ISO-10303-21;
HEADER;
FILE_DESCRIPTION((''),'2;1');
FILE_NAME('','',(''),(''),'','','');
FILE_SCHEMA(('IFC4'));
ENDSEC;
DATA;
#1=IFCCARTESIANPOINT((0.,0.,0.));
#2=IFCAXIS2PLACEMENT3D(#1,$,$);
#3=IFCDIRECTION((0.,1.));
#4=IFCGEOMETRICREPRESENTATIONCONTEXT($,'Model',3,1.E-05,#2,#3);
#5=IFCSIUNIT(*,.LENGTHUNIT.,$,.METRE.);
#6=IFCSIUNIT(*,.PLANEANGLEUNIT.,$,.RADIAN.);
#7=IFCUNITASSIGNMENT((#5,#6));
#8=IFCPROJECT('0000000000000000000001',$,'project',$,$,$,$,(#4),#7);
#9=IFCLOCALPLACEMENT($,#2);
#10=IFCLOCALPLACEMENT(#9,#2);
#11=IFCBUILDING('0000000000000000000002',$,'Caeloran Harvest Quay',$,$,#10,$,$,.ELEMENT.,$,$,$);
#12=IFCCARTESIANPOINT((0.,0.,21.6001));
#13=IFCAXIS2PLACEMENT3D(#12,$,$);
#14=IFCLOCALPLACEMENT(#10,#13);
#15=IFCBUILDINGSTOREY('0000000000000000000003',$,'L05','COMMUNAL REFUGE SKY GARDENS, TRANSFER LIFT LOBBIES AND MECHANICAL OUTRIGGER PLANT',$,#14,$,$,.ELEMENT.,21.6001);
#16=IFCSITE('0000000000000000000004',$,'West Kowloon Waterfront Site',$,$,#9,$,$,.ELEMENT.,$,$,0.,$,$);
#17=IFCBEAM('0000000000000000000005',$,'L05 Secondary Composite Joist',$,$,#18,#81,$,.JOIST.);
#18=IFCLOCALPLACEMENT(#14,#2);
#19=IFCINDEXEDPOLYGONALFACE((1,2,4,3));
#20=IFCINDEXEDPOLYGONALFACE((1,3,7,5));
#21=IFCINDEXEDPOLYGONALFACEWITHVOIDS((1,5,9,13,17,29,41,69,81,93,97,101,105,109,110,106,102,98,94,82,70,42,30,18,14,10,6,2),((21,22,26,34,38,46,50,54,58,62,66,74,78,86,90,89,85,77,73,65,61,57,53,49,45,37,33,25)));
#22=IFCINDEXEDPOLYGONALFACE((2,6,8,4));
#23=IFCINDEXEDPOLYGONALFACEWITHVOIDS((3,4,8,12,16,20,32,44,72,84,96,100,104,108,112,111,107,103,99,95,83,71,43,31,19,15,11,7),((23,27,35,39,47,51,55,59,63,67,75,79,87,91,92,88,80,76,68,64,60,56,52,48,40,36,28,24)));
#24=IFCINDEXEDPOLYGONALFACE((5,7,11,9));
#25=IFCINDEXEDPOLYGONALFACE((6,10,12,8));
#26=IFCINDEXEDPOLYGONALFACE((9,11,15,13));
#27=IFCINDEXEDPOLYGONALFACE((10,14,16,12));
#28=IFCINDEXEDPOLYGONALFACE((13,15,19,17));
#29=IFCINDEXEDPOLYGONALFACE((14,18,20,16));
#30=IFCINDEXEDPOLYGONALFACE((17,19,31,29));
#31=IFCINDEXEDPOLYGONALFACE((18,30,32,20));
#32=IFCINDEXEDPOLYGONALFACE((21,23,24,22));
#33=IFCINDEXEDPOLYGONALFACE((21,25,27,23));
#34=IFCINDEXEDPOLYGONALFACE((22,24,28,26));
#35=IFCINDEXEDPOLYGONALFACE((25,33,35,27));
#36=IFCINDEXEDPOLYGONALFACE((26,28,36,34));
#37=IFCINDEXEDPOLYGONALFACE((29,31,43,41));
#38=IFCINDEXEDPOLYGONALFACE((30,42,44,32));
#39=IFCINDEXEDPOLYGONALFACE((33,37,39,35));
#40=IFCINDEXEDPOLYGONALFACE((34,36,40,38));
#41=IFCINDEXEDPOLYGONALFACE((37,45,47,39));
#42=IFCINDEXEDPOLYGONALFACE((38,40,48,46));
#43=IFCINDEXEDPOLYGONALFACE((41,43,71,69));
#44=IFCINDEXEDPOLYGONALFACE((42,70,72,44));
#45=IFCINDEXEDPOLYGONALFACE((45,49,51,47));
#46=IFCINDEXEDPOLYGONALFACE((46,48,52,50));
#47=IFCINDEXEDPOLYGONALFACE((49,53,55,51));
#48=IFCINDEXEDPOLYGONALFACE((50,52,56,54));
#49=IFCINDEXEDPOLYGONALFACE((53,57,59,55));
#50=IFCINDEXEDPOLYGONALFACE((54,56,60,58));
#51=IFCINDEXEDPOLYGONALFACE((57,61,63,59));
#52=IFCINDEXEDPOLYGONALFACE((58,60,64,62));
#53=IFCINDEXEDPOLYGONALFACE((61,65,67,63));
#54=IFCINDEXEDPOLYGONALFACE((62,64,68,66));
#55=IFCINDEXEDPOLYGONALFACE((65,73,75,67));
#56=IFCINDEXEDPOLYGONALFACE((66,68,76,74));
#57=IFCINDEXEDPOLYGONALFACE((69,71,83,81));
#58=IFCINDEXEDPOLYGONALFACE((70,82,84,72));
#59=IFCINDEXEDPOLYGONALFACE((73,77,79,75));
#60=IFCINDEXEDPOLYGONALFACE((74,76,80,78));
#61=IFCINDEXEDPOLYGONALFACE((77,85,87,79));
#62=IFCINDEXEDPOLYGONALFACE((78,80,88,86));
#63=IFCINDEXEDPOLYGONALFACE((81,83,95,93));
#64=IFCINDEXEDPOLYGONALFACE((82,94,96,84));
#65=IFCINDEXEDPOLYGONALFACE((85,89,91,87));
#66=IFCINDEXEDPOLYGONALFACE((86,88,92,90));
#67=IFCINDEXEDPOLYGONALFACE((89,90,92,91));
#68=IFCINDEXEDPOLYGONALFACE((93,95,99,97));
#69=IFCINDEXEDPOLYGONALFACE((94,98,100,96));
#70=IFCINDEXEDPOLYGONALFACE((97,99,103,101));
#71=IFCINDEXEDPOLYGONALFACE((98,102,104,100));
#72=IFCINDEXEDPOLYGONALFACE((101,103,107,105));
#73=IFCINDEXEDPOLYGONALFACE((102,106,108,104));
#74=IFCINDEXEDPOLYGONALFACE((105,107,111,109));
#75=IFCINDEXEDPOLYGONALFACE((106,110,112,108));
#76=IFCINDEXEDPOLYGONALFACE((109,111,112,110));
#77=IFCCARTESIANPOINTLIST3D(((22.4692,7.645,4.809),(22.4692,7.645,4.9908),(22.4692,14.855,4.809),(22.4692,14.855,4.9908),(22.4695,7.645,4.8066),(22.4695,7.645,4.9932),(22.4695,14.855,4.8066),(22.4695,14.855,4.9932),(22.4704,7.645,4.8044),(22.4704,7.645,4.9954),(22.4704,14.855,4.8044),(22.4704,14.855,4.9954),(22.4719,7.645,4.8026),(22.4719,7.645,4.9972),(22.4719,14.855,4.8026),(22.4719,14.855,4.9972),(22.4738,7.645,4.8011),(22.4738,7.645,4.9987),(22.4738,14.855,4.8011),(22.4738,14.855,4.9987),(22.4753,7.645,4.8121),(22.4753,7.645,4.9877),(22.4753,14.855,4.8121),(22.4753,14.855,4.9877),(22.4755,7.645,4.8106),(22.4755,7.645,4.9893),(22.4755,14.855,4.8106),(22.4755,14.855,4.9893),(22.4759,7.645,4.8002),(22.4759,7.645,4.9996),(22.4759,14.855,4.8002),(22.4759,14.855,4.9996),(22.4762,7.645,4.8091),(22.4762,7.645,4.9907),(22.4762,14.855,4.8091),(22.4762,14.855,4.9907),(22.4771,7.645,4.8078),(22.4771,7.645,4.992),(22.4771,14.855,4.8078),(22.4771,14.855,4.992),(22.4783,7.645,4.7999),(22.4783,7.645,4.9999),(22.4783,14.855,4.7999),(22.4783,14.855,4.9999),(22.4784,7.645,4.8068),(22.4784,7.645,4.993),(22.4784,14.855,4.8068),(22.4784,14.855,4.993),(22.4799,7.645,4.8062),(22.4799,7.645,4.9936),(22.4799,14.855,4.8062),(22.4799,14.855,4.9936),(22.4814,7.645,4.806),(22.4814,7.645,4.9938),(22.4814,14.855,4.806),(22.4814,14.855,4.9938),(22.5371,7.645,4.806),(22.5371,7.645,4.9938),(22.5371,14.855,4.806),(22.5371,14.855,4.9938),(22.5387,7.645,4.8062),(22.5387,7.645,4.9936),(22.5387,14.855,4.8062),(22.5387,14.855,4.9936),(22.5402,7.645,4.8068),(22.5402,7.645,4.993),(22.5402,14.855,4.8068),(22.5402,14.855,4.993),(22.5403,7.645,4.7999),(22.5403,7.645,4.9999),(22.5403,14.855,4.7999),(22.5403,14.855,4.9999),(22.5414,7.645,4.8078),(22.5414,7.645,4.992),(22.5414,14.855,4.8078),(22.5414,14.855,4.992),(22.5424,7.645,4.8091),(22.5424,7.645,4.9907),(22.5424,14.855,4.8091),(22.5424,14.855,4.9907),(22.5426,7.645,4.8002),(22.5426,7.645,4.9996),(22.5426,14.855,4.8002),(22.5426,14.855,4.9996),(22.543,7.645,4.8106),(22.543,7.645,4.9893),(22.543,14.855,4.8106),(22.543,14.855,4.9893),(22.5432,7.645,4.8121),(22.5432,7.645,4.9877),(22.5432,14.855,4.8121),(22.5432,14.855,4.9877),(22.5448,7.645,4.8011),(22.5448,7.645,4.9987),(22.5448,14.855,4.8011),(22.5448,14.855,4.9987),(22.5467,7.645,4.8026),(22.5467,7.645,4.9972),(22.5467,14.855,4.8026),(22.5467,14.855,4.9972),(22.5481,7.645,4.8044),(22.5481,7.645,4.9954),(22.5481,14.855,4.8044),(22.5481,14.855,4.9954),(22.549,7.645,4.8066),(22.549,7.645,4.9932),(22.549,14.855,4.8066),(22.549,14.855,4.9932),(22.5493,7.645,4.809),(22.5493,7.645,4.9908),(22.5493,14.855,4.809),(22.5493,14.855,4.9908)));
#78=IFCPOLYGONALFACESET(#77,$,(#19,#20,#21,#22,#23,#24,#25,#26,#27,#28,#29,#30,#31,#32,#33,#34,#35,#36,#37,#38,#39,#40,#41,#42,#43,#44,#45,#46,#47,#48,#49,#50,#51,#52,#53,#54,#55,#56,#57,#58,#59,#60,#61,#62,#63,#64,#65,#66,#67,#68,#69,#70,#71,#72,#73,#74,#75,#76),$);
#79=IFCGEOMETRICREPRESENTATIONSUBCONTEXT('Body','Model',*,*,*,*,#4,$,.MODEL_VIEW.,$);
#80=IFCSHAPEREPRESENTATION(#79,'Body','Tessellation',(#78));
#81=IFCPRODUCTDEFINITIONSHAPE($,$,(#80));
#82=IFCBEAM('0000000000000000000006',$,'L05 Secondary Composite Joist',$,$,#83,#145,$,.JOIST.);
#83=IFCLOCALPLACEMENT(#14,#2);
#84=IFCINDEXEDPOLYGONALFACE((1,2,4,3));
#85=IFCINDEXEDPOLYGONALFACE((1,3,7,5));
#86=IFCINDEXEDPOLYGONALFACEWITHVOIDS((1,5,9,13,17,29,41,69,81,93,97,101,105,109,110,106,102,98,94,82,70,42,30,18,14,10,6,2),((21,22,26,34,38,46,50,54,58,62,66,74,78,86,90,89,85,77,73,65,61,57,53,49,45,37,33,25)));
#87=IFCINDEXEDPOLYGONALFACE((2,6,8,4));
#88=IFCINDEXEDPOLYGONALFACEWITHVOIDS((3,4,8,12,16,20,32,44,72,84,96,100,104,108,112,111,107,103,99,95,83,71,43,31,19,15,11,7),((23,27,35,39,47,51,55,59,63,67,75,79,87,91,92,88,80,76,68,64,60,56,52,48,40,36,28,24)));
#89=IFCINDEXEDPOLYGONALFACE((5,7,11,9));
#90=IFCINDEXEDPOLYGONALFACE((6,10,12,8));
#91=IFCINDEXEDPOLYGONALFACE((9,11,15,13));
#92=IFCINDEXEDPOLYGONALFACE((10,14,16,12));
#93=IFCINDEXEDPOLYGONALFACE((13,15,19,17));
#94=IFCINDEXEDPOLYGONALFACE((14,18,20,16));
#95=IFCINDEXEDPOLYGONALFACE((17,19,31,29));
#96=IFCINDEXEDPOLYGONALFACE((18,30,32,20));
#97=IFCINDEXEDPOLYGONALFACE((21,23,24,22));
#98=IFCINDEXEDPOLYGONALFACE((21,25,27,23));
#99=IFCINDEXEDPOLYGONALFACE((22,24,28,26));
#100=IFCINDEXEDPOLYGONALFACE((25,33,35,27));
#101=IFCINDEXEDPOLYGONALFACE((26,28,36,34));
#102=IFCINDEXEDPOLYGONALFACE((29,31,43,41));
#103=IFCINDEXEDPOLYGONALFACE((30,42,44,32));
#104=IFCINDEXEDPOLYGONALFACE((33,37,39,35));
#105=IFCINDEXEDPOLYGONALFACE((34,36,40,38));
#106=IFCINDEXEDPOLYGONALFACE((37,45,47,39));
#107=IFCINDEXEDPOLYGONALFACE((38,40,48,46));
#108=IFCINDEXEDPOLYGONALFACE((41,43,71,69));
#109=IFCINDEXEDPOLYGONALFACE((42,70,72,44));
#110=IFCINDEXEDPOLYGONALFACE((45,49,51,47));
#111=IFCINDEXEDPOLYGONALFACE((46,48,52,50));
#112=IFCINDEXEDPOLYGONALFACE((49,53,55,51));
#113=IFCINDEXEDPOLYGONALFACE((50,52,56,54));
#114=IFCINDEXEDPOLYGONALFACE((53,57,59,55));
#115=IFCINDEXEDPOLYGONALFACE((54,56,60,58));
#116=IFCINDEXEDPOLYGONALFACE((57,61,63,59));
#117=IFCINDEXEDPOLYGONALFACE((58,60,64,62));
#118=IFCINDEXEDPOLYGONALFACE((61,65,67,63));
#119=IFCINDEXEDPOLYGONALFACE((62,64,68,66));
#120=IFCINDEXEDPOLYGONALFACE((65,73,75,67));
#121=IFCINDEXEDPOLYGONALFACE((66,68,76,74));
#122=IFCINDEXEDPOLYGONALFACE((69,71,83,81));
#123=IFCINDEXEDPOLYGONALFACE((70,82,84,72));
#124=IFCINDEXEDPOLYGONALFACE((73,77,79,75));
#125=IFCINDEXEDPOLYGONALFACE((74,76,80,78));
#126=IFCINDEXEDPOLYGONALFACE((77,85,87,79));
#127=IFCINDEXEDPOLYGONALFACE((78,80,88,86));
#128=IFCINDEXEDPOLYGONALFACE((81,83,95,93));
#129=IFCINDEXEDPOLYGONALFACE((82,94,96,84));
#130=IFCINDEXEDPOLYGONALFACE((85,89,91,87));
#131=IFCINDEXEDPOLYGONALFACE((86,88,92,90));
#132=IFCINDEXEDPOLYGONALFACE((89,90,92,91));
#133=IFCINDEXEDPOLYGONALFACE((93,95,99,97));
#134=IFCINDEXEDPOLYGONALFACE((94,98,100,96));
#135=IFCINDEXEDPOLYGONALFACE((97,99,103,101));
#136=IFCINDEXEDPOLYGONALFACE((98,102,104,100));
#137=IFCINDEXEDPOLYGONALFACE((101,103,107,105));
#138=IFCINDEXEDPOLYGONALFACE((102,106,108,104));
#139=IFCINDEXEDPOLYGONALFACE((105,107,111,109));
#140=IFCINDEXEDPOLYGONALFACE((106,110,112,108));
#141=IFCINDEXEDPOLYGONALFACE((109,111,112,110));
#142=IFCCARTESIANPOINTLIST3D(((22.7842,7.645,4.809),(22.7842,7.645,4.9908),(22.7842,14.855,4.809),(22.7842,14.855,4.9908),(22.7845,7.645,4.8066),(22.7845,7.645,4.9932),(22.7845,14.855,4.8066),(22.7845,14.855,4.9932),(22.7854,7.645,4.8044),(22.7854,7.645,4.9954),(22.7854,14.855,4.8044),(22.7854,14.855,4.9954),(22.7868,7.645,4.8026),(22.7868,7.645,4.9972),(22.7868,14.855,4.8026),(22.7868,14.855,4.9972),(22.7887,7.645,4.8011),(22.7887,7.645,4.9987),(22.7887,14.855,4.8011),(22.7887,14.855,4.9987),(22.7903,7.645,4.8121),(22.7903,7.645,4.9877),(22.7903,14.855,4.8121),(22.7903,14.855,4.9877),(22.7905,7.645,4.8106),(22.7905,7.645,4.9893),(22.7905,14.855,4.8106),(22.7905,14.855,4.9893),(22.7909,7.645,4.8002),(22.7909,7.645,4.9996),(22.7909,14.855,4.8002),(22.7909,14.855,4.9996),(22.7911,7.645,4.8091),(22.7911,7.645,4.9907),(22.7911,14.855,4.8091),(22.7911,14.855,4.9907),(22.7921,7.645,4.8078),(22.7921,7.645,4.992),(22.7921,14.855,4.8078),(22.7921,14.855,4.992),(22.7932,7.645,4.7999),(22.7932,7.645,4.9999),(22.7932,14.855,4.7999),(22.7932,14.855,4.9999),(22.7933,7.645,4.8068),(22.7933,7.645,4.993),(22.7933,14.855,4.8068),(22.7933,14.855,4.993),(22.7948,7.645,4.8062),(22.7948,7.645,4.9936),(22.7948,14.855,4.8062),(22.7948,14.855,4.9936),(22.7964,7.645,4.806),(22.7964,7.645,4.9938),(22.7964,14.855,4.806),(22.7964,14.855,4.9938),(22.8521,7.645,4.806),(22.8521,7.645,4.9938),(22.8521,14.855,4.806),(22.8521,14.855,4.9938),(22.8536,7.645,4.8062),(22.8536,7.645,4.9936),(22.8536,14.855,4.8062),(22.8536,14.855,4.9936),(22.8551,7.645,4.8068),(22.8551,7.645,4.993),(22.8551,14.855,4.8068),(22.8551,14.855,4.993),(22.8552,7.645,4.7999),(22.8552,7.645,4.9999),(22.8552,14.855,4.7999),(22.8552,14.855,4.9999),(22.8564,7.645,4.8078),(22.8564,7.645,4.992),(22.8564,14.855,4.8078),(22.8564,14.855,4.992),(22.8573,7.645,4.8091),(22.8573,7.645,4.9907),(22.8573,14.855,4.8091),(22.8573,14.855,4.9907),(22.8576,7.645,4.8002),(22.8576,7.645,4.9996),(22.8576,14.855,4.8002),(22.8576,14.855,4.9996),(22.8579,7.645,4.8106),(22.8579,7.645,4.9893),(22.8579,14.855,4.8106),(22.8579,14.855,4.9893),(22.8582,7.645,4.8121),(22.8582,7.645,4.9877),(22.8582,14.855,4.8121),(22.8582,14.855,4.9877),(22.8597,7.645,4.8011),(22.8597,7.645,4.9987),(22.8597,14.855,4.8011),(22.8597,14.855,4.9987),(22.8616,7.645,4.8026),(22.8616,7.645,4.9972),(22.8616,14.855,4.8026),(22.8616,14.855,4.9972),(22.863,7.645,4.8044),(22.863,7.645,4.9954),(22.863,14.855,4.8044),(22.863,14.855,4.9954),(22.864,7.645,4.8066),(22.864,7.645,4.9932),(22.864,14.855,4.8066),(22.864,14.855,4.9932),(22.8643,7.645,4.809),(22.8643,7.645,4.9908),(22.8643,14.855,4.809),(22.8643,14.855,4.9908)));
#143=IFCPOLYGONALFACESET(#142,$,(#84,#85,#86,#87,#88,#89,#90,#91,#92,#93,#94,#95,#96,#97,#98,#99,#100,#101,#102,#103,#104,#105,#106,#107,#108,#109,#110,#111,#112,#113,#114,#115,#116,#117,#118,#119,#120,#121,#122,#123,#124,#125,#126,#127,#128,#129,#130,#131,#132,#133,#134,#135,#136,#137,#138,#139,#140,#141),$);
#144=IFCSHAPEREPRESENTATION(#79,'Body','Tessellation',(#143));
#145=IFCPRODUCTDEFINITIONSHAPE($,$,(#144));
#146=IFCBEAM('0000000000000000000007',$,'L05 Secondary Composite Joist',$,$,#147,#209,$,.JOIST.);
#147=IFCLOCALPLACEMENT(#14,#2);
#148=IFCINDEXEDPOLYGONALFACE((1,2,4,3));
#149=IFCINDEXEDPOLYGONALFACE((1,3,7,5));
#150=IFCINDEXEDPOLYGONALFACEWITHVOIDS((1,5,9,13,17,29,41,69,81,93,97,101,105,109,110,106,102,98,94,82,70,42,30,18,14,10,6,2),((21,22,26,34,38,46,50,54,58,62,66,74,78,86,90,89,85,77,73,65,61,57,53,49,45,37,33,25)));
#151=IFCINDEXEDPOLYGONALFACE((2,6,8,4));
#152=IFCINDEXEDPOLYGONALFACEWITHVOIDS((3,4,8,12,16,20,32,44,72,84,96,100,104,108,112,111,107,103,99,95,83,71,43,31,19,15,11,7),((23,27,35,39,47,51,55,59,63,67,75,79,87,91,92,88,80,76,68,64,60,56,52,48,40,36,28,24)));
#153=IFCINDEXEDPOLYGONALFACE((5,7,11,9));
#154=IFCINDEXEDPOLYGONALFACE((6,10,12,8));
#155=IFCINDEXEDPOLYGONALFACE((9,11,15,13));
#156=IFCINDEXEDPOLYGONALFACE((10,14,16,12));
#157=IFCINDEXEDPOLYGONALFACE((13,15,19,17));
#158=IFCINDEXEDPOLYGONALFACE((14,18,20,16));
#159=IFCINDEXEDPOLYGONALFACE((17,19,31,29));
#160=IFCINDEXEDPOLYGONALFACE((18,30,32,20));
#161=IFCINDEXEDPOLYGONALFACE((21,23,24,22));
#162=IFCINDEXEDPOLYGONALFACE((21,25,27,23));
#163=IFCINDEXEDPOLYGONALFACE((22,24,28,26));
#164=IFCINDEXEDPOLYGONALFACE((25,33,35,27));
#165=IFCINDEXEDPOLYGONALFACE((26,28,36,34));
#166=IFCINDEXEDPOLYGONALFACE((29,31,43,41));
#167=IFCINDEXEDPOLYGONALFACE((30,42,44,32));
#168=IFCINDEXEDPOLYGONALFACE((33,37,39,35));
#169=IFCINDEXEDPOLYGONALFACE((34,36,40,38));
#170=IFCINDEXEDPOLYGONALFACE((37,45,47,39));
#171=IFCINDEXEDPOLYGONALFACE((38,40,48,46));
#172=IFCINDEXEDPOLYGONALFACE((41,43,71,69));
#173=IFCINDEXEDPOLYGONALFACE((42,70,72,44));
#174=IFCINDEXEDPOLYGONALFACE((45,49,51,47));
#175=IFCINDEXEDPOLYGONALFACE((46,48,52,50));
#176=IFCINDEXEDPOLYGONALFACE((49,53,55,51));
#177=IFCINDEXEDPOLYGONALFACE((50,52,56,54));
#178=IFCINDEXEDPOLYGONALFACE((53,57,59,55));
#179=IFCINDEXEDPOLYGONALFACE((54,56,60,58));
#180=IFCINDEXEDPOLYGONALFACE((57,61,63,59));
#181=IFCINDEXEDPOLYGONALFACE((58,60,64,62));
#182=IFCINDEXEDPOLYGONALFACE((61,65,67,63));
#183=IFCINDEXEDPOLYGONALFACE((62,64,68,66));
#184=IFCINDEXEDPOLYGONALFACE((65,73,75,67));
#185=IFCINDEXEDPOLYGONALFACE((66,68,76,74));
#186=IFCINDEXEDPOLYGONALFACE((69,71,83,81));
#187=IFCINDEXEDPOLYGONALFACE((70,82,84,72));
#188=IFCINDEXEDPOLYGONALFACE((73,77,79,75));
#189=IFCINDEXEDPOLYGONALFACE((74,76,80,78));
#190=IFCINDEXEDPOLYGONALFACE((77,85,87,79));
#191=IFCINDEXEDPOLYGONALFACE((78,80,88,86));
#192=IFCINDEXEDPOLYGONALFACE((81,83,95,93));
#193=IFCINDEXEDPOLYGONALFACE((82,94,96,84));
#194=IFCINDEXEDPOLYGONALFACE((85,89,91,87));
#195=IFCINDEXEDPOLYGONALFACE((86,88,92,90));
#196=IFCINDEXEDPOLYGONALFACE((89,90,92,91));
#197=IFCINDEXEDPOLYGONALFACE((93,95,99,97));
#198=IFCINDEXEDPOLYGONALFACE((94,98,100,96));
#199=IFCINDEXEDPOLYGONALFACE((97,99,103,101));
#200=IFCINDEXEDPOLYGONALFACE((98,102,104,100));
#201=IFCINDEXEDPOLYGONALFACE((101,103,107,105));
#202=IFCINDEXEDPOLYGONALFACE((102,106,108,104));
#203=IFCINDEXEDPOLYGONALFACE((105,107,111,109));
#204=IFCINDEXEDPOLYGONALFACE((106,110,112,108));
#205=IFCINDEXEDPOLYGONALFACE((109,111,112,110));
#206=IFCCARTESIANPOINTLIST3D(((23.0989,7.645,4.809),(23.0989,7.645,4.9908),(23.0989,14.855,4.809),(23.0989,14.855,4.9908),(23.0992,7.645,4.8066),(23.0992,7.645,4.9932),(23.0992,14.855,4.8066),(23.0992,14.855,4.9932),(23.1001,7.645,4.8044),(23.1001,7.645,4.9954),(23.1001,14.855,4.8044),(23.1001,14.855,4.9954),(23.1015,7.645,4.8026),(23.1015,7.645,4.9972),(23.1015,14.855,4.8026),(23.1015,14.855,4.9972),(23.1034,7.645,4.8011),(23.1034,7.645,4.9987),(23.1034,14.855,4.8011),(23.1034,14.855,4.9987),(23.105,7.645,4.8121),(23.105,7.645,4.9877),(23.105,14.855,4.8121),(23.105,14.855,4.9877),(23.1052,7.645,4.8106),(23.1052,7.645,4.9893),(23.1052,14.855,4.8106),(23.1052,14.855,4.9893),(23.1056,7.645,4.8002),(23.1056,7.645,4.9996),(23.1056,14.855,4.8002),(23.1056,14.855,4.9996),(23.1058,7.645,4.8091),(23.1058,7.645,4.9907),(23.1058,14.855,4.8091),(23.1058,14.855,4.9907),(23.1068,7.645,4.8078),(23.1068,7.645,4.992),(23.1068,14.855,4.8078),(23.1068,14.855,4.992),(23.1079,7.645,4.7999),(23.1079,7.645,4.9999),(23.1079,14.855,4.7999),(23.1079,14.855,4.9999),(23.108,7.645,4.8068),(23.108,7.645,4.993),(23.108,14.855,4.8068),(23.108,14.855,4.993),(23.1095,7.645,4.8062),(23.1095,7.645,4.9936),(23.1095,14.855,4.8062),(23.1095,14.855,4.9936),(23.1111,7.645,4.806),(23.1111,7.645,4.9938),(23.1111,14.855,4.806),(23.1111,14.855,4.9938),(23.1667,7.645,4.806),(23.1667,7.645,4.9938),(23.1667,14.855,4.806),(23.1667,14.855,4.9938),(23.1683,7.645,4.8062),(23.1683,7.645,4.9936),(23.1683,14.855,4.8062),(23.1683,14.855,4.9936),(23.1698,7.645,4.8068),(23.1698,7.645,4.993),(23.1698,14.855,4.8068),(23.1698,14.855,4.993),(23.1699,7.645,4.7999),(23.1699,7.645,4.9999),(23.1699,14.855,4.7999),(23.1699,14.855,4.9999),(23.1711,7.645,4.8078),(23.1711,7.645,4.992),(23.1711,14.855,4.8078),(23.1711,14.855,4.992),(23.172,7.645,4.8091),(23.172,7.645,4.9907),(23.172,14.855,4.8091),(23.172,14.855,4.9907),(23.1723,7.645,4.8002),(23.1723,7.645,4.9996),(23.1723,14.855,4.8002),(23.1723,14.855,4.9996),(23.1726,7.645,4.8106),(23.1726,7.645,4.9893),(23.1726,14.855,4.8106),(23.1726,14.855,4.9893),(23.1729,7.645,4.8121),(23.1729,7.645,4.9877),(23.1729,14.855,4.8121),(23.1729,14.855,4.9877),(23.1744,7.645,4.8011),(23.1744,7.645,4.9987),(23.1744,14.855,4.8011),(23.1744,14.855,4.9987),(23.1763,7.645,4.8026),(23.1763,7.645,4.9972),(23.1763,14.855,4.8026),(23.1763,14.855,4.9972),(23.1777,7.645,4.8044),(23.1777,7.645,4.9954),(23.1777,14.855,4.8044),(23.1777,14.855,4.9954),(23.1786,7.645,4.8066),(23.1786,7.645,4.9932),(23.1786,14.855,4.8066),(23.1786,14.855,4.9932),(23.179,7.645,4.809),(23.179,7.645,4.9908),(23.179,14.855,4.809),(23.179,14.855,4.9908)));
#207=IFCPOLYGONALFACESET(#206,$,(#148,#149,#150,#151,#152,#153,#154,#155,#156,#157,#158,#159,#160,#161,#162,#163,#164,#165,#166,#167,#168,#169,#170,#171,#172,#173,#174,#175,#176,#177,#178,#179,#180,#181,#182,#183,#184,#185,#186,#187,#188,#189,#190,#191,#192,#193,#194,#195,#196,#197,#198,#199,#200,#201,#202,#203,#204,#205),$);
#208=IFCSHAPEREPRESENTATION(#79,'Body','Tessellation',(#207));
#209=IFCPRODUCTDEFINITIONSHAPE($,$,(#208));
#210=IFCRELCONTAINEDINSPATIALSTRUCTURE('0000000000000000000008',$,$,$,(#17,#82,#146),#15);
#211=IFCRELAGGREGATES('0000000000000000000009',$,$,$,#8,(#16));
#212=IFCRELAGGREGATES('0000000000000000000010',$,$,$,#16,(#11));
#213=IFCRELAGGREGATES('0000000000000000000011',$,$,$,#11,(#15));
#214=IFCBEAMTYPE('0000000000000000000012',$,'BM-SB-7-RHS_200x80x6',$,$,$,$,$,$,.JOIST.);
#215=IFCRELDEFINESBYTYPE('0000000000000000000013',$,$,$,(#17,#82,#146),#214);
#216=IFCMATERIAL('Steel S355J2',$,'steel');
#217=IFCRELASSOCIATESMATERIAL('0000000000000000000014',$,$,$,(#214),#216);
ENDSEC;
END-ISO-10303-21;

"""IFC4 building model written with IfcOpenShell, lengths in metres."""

from ifc_helpers import new_model, si_unit, direction, frame, origin, origin_2d, place, context, subcontext, project, spatial, hollow_rectangle, extrude, material, material_profile, profile_set, type_object, element, save


model = new_model("IFC4")

# Units and contexts
model_context = context("Model", 3, precision=1e-05, world=origin(), true_north=direction((0.0, 1.0)))
body_context = subcontext(model_context, "Body", "Model", "MODEL_VIEW")
ifc_project = project(units=[si_unit("LENGTHUNIT", "METRE"), si_unit("PLANEANGLEUNIT", "RADIAN")], contexts=[model_context])

# Site, building, storey
site_placement = place(None, origin())
site = spatial("IfcSite", under=ifc_project, at=site_placement, Name="West Kowloon Waterfront Site", CompositionType="ELEMENT", RefElevation=0.0)
building_placement = place(site_placement, origin())
building = spatial("IfcBuilding", under=site, at=building_placement, Name="Caeloran Harvest Quay", CompositionType="ELEMENT")
storey_placement = place(building_placement, frame((0.0, 0.0, 21.6001)))
storey = spatial("IfcBuildingStorey", under=building, at=storey_placement, Name="L05", Description="COMMUNAL REFUGE SKY GARDENS, TRANSFER LIFT LOBBIES AND MECHANICAL OUTRIGGER PLANT", CompositionType="ELEMENT", Elevation=21.6001)

# Beams
ifc_material_1 = material(Name="Steel S355J2", Category="steel")
ifc_material_profile_1 = material_profile(ifc_material_1, hollow_rectangle(XDim=0.0801, YDim=0.2, WallThickness=0.0061, InnerFilletRadius=0.0061, OuterFilletRadius=0.009, at=origin_2d()), Name="RHS 200x80x6")
ifc_profile_set_1 = profile_set([ifc_material_profile_1], Name="Steel S355J2")
beam_type_1 = type_object("IfcBeamType", Name="BM-SB-7-RHS_200x80x6", PredefinedType="JOIST", material=ifc_profile_set_1)
for number, where, z_axis, x_axis, name in (
    (1, (22.5093, 7.645, 4.8999), (0.0, 1.0, 0.0), (-1.0, 0.0, 0.0), "L05 Secondary Composite Joist"),
    (2, (22.8242, 7.645, 4.8999), (0.0, 1.0, 0.0), (-1.0, 0.0, 0.0), "L05 Secondary Composite Joist"),
    (3, (23.1389, 7.645, 4.8999), (0.0, 1.0, 0.0), (-1.0, 0.0, 0.0), "L05 Secondary Composite Joist"),
):
    element("IfcBeam", number, at=place(storey_placement, frame(where, z_axis=z_axis, x_axis=x_axis)), inside=storey, type_object=beam_type_1, Name=name, PredefinedType="JOIST", context=body_context, shape_type="SweptSolid", body=[
        extrude(hollow_rectangle(XDim=0.0801, YDim=0.2, WallThickness=0.0061, InnerFilletRadius=0.0061, OuterFilletRadius=0.009, at=origin_2d()), origin(), (0.0, 0.0, 1.0), 7.21),
    ])

save(model, "model.ifc")
